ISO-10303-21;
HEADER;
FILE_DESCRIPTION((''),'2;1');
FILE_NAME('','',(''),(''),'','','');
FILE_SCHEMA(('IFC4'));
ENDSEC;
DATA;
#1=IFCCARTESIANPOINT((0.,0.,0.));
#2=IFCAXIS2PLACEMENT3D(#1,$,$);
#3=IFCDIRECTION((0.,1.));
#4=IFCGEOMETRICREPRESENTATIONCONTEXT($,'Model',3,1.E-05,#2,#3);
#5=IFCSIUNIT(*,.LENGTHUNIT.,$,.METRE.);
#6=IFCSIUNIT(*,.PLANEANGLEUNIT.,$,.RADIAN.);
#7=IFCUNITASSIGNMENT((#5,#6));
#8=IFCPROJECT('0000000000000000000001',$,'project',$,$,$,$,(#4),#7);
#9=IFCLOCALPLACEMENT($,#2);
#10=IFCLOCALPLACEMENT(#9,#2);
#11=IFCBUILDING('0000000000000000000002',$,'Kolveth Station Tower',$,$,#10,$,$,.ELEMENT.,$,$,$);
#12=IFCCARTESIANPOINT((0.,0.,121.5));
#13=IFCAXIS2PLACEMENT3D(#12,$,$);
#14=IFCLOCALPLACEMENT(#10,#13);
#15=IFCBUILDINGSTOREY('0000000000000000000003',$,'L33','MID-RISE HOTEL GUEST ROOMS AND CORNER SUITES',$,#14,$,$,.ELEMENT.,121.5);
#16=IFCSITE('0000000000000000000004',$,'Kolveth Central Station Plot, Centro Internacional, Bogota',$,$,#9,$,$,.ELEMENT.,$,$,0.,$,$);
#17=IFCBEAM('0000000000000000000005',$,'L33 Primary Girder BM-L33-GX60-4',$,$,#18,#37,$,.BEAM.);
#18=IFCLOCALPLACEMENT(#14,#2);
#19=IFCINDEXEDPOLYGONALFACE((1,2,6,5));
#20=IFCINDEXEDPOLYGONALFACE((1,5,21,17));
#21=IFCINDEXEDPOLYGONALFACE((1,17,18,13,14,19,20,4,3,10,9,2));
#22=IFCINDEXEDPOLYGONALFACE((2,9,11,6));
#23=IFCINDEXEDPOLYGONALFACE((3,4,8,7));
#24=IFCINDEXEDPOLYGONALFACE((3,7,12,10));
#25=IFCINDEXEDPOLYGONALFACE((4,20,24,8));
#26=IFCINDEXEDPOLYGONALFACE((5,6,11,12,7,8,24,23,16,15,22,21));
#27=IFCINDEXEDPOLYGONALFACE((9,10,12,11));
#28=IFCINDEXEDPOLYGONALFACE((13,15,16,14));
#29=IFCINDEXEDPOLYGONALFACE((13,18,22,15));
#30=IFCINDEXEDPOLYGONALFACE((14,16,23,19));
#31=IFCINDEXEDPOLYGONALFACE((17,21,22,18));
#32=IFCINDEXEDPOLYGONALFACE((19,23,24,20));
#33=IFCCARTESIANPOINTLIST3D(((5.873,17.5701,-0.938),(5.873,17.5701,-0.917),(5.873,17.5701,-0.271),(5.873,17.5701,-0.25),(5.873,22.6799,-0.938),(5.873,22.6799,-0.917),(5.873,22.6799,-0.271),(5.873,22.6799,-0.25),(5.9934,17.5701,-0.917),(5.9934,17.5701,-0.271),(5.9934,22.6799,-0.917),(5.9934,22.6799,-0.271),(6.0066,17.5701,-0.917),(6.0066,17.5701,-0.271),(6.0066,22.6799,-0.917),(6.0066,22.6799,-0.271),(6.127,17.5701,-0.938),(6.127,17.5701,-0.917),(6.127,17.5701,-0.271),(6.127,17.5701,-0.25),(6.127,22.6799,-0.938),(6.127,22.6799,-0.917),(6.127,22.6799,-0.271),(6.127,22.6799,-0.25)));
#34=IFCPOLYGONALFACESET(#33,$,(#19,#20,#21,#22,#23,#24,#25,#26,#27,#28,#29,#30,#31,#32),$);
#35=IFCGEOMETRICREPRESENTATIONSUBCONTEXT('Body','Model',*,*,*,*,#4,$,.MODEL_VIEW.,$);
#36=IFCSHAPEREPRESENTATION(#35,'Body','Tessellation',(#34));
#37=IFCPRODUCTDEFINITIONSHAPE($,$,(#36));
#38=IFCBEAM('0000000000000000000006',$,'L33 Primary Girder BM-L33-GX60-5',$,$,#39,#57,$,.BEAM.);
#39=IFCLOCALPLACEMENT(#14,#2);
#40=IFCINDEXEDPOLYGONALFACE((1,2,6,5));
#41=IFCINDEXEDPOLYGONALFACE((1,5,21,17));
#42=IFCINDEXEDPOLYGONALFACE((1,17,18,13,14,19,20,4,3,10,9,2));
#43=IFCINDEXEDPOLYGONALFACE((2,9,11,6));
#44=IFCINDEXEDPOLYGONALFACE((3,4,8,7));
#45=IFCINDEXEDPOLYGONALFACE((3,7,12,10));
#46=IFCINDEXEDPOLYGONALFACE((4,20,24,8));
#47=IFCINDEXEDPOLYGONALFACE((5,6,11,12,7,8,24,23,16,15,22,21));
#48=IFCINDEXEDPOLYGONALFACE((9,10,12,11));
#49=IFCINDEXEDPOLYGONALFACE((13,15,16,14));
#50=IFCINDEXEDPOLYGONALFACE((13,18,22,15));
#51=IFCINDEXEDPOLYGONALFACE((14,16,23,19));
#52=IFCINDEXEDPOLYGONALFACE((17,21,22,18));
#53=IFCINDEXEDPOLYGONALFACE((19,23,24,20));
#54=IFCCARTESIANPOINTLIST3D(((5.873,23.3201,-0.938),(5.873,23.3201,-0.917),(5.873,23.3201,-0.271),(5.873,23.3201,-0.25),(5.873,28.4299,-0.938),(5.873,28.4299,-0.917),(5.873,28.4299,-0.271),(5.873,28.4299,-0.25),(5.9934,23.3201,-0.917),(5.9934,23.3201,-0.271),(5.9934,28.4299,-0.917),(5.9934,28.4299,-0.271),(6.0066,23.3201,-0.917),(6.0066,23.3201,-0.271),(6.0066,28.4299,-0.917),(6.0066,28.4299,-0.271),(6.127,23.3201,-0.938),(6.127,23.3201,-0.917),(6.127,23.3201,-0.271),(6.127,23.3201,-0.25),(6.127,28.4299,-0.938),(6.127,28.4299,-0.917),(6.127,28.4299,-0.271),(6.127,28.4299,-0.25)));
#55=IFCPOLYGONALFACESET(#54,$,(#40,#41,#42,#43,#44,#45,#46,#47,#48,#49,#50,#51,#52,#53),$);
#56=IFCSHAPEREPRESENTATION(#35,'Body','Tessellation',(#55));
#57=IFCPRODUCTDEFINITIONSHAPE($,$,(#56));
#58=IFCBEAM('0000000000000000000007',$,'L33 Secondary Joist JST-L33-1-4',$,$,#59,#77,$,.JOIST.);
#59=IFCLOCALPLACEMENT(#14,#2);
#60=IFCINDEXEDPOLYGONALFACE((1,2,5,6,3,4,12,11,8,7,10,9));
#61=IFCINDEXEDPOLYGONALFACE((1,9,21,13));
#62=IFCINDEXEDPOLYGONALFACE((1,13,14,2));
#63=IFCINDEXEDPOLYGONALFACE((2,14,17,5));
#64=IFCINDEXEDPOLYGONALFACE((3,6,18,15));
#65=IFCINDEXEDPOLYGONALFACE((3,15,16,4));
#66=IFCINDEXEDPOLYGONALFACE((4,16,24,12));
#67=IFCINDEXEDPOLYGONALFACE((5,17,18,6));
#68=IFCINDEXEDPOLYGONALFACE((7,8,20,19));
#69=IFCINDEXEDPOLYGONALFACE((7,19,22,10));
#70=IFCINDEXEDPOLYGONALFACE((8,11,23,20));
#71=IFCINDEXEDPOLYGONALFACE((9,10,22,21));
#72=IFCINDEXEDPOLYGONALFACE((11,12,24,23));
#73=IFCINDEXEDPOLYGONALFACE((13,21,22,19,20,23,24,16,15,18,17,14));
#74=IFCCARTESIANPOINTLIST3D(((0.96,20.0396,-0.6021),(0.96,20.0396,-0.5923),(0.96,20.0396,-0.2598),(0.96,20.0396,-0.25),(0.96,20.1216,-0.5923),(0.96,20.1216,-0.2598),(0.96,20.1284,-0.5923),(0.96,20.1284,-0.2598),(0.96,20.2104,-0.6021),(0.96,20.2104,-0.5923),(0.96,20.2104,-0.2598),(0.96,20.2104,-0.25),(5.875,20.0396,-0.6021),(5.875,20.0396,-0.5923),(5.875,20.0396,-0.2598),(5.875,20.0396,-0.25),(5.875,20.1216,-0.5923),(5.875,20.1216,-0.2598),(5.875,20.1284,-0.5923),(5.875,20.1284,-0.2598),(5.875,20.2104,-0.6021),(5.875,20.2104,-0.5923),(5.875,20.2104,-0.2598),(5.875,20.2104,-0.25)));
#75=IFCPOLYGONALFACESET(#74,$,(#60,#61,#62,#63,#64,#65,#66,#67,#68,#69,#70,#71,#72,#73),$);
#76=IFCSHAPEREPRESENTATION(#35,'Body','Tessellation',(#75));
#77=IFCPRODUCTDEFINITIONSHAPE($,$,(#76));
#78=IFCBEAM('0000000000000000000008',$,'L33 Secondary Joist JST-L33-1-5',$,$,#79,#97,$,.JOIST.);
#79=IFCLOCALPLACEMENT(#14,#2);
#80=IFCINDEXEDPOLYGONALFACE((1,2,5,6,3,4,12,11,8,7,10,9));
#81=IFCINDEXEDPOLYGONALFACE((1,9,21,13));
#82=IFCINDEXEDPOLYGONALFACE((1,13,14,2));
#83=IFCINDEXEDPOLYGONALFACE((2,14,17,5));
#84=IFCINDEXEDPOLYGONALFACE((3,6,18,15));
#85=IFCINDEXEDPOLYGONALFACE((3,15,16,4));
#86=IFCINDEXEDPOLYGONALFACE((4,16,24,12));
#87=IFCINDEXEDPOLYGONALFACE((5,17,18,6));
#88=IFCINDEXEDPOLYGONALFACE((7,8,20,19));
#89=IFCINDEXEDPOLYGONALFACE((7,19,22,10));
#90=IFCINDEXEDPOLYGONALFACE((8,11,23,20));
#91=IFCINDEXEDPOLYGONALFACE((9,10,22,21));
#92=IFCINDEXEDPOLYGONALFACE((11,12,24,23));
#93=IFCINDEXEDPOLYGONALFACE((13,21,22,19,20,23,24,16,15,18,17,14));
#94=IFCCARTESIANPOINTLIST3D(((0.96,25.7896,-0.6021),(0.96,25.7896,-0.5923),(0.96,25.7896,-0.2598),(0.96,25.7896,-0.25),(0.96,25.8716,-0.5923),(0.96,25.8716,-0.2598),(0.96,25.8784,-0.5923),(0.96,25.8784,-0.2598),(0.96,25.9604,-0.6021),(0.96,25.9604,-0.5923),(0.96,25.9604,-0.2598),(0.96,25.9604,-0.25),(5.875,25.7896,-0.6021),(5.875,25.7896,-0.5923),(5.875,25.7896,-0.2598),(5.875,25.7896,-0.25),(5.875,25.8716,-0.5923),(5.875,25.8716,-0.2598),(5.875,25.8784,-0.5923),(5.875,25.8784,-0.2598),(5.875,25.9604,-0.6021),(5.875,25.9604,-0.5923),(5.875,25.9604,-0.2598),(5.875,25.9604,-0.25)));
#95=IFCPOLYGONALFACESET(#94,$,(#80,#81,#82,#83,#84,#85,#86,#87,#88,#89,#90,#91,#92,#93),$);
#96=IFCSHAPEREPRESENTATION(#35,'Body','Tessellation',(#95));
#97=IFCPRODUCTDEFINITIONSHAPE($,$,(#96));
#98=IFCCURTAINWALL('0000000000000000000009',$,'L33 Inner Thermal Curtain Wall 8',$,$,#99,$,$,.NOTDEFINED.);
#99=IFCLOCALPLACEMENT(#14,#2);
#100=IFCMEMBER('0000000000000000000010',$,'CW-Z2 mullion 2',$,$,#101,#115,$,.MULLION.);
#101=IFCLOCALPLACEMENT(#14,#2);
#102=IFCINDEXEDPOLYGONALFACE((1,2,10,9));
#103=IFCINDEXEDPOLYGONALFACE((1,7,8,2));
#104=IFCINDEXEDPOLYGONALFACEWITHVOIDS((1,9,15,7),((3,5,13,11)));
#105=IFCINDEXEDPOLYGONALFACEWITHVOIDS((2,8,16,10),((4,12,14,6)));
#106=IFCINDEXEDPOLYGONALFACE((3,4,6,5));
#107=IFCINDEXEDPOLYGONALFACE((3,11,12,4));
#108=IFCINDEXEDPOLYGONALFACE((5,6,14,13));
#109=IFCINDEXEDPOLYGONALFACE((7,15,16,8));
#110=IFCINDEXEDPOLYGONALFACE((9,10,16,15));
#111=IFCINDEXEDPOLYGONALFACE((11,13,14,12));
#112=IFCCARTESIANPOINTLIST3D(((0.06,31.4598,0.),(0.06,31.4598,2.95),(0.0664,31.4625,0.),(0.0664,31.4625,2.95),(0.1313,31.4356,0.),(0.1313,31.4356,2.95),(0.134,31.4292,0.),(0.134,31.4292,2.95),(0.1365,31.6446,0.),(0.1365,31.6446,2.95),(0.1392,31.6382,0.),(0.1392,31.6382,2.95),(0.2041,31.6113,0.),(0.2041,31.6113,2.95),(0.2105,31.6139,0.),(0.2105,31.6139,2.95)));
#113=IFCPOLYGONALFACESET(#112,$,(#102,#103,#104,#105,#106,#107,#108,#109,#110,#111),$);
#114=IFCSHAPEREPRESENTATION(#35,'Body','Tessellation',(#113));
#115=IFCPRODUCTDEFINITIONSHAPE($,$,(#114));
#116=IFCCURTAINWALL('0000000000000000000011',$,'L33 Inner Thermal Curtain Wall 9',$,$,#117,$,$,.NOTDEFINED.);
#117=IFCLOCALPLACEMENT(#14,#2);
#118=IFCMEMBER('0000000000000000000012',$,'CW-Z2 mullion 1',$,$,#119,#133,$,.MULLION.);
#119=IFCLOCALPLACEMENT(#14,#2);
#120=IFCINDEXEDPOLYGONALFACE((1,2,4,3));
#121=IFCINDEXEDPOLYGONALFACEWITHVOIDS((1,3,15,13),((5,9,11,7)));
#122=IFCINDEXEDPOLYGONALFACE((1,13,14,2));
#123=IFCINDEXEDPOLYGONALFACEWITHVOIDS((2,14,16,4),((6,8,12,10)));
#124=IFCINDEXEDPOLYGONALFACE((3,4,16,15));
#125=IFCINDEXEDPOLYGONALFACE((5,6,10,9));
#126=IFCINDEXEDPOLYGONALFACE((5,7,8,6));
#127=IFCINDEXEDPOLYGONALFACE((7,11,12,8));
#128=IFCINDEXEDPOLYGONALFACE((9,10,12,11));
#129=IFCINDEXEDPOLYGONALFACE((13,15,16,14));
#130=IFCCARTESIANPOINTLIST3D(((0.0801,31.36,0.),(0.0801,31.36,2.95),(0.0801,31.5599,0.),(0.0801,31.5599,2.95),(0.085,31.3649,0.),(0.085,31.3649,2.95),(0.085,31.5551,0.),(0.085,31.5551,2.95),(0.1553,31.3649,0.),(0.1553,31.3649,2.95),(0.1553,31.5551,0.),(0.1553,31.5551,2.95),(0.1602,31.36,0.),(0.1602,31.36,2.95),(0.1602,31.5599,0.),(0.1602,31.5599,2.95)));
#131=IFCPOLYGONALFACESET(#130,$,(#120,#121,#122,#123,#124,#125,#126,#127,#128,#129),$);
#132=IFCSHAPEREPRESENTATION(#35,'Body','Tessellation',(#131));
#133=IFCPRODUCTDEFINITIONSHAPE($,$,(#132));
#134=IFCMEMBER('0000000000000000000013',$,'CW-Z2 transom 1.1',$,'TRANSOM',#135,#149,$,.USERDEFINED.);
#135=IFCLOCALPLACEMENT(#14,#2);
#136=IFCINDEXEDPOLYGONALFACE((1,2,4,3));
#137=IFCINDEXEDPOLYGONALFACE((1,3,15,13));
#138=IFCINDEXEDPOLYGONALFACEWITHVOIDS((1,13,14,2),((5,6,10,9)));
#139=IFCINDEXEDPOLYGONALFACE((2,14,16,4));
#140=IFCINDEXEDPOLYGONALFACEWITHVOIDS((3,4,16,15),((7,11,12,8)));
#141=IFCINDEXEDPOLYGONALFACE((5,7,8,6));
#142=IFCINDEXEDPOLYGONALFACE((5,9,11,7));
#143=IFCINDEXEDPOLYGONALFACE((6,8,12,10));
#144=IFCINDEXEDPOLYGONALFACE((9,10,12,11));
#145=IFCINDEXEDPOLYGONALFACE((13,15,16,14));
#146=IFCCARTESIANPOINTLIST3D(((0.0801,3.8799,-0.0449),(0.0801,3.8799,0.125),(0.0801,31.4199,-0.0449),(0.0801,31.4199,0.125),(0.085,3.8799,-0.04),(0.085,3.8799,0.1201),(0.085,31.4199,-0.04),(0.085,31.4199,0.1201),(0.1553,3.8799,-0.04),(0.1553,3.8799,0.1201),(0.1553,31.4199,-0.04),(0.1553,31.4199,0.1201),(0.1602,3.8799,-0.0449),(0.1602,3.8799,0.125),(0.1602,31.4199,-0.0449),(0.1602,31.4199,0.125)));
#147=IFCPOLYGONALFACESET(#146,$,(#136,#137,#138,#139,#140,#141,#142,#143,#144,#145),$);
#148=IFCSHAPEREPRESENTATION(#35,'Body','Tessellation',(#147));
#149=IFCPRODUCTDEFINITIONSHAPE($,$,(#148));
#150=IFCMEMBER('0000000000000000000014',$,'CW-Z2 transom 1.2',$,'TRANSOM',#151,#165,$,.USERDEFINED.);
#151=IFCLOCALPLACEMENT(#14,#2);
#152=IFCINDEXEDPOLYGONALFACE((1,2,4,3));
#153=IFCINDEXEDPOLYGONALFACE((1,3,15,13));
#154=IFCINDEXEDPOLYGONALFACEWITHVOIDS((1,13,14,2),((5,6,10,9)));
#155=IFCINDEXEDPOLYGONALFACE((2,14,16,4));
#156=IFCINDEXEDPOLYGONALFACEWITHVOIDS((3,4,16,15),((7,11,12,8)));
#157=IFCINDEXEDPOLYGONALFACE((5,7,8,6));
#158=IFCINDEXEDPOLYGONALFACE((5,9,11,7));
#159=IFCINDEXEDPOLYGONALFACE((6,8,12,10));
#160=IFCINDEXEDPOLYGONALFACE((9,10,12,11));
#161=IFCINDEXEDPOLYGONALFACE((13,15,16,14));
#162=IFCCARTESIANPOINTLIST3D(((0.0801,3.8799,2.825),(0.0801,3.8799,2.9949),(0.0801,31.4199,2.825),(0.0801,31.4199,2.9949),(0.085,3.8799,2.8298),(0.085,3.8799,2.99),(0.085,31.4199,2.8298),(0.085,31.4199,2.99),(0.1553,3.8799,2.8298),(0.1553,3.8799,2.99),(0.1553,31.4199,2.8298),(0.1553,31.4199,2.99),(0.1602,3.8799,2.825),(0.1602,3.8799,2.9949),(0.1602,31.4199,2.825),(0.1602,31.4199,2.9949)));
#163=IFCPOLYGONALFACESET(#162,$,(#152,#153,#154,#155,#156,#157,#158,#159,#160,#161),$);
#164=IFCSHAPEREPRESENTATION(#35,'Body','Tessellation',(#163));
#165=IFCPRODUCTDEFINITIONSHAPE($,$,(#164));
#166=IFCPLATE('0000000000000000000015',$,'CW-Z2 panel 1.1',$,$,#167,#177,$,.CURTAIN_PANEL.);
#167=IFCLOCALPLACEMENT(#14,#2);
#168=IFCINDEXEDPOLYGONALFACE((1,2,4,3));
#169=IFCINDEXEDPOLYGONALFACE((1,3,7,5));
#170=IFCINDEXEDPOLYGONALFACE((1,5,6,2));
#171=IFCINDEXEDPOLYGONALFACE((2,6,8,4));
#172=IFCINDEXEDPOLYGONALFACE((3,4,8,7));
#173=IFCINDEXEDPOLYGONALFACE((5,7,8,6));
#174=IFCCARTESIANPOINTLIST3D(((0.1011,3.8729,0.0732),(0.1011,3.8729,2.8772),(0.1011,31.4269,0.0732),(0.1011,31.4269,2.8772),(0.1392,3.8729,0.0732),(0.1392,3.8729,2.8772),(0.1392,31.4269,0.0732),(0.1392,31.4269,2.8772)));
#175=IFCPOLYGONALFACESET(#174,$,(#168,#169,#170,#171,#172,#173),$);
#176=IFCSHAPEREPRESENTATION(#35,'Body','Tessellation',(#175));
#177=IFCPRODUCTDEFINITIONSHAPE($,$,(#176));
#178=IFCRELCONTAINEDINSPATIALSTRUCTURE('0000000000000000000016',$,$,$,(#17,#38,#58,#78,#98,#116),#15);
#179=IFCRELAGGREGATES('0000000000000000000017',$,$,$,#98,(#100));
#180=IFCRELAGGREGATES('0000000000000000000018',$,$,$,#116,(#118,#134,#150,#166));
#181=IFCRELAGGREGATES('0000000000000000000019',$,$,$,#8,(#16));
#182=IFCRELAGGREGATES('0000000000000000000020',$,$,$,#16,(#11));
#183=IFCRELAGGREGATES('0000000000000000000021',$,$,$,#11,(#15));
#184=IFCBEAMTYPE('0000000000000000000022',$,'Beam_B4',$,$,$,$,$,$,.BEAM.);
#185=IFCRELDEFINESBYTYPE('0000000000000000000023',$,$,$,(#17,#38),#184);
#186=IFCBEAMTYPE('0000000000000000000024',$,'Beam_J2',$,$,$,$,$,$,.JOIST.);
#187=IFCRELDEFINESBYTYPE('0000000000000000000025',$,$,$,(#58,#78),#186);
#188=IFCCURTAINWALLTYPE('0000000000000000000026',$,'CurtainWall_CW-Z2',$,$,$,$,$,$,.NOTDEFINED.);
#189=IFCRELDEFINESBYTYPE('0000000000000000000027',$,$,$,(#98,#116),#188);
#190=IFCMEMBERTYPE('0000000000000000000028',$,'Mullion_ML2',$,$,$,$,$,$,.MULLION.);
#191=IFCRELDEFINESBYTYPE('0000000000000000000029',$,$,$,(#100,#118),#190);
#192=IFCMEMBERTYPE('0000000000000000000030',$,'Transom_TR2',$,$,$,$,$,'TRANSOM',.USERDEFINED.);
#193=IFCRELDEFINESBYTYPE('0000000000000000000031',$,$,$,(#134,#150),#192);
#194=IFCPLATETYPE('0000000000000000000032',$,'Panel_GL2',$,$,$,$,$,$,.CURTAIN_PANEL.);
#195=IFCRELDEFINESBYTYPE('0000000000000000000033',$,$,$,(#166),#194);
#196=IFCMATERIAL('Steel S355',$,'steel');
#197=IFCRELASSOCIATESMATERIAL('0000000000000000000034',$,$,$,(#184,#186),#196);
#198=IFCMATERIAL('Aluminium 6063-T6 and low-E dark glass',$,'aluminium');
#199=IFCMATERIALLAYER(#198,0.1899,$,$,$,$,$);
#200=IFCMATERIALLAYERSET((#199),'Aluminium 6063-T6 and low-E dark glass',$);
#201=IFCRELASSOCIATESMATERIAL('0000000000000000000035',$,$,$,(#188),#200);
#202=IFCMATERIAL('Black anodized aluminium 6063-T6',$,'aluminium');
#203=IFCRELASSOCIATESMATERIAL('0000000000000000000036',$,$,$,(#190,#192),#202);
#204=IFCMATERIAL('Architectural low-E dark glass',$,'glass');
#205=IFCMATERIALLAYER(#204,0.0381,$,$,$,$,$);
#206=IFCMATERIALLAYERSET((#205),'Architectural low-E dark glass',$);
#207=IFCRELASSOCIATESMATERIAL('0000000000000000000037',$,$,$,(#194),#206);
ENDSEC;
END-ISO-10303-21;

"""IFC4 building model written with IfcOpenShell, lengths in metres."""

from ifc_helpers import new_model, si_unit, direction, frame, origin, origin_2d, place, context, subcontext, project, spatial, rectangle, hollow_rectangle, i_section, extrude, source, transform, mapped, material, layer, layer_set, material_profile, profile_set, type_object, element, aggregate, save


model = new_model("IFC4")

# Units and contexts
model_context = context("Model", 3, precision=1e-05, world=origin(), true_north=direction((0.0, 1.0)))
body_context = subcontext(model_context, "Body", "Model", "MODEL_VIEW")
ifc_project = project(units=[si_unit("LENGTHUNIT", "METRE"), si_unit("PLANEANGLEUNIT", "RADIAN")], contexts=[model_context])

# Site, building, storey
site_placement = place(None, origin())
site = spatial("IfcSite", under=ifc_project, at=site_placement, Name="Kolveth Central Station Plot, Centro Internacional, Bogota", CompositionType="ELEMENT", RefElevation=0.0)
building_placement = place(site_placement, origin())
building = spatial("IfcBuilding", under=site, at=building_placement, Name="Kolveth Station Tower", CompositionType="ELEMENT")
storey_placement = place(building_placement, frame((0.0, 0.0, 121.5)))
storey = spatial("IfcBuildingStorey", under=building, at=storey_placement, Name="L33", Description="MID-RISE HOTEL GUEST ROOMS AND CORNER SUITES", CompositionType="ELEMENT", Elevation=121.5)

# Beams
ifc_material_1 = material(Name="Steel S355", Category="steel")
ifc_material_profile_1 = material_profile(ifc_material_1, i_section(OverallWidth=0.2539, OverallDepth=0.688, WebThickness=0.0132, FlangeThickness=0.021, at=origin_2d()), Name="W690x152")
ifc_profile_set_1 = profile_set([ifc_material_profile_1], Name="Steel S355")
beam_type_1 = type_object("IfcBeamType", Name="Beam_B4", PredefinedType="BEAM", material=ifc_profile_set_1)
shared_shape_1 = source(origin(), body_context, "Body", "SweptSolid", [
    extrude(i_section(OverallWidth=0.2539, OverallDepth=0.688, WebThickness=0.0132, FlangeThickness=0.021, at=origin_2d()), origin(), (0.0, 0.0, 1.0), 5.1099),
])
for number, where, z_axis, x_axis, name in (
    (1, (6.0, 17.5701, -0.594), (0.0, 1.0, 0.0), (-1.0, 0.0, 0.0), "L33 Primary Girder BM-L33-GX60-4"),
    (2, (6.0, 23.3201, -0.594), (0.0, 1.0, 0.0), (-1.0, 0.0, 0.0), "L33 Primary Girder BM-L33-GX60-5"),
):
    element("IfcBeam", number, at=place(storey_placement, frame(where, z_axis=z_axis, x_axis=x_axis)), inside=storey, type_object=beam_type_1, Name=name, PredefinedType="BEAM", context=body_context, shape_type="MappedRepresentation", body=[
        mapped(shared_shape_1, transform((0.0, 0.0, 0.0), x_axis=(1.0, 0.0, 0.0), y_axis=(0.0, 1.0, 0.0), z_axis=(0.0, 0.0, 1.0), scale=1.0)),
    ])
ifc_material_profile_2 = material_profile(ifc_material_1, i_section(OverallWidth=0.1709, OverallDepth=0.3521, WebThickness=0.0068, FlangeThickness=0.0098, at=origin_2d()), Name="W360x44")
ifc_profile_set_2 = profile_set([ifc_material_profile_2], Name="Steel S355")
beam_type_2 = type_object("IfcBeamType", Name="Beam_J2", PredefinedType="JOIST", material=ifc_profile_set_2)
shared_shape_2 = source(origin(), body_context, "Body", "SweptSolid", [
    extrude(i_section(OverallWidth=0.1709, OverallDepth=0.3521, WebThickness=0.0068, FlangeThickness=0.0098, at=origin_2d()), origin(), (0.0, 0.0, 1.0), 4.915),
])
for number, where, z_axis, x_axis, name in (
    (3, (0.96, 20.125, -0.426), (1.0, 0.0, 0.0), (0.0, 1.0, 0.0), "L33 Secondary Joist JST-L33-1-4"),
    (4, (0.96, 25.875, -0.426), (1.0, 0.0, 0.0), (0.0, 1.0, 0.0), "L33 Secondary Joist JST-L33-1-5"),
):
    element("IfcBeam", number, at=place(storey_placement, frame(where, z_axis=z_axis, x_axis=x_axis)), inside=storey, type_object=beam_type_2, Name=name, PredefinedType="JOIST", context=body_context, shape_type="MappedRepresentation", body=[
        mapped(shared_shape_2, transform((0.0, 0.0, 0.0), x_axis=(1.0, 0.0, 0.0), y_axis=(0.0, 1.0, 0.0), z_axis=(0.0, 0.0, 1.0), scale=1.0)),
    ])

# Curtain wall, member
ifc_material_2 = material(Name="Aluminium 6063-T6 and low-E dark glass", Category="aluminium")
ifc_layer_1 = layer(ifc_material_2, 0.1899)
ifc_layer_set_1 = layer_set([ifc_layer_1], Name="Aluminium 6063-T6 and low-E dark glass")
curtain_wall_type_1 = type_object("IfcCurtainWallType", Name="CurtainWall_CW-Z2", PredefinedType="NOTDEFINED", material=ifc_layer_set_1)
curtain_wall_1_placement = place(storey_placement, origin())
curtain_wall_1 = element("IfcCurtainWall", 5, at=curtain_wall_1_placement, inside=storey, type_object=curtain_wall_type_1, Name="L33 Inner Thermal Curtain Wall 8", PredefinedType="NOTDEFINED")
ifc_material_3 = material(Name="Black anodized aluminium 6063-T6", Category="aluminium")
ifc_material_profile_3 = material_profile(ifc_material_3, hollow_rectangle(XDim=0.0801, YDim=0.2, WallThickness=0.0049, at=origin_2d()), Name="ALU-80x200x5")
ifc_profile_set_3 = profile_set([ifc_material_profile_3], Name="Black anodized aluminium 6063-T6")
member_type_1 = type_object("IfcMemberType", Name="Mullion_ML2", PredefinedType="MULLION", material=ifc_profile_set_3)
shared_shape_3 = source(origin(), body_context, "Body", "SweptSolid", [
    extrude(hollow_rectangle(XDim=0.0801, YDim=0.2, WallThickness=0.0049, at=origin_2d()), origin(), (0.0, 0.0, 1.0), 2.95),
])
member_1_placement = place(storey_placement, frame((0.1353, 31.5369, 0.0), z_axis=(0.0, 0.0, 1.0), x_axis=(0.923888, -0.382663, 0.0)))
member_1 = element("IfcMember", 6, at=member_1_placement, type_object=member_type_1, Name="CW-Z2 mullion 2", PredefinedType="MULLION", context=body_context, shape_type="MappedRepresentation", body=[
    mapped(shared_shape_3, transform((0.0, 0.0, 0.0), x_axis=(1.0, 0.0, 0.0), y_axis=(0.0, 1.0, 0.0), z_axis=(0.0, 0.0, 1.0), scale=1.0)),
])
aggregate(curtain_wall_1, [member_1])

# Curtain wall, members, plate
curtain_wall_2_placement = place(storey_placement, origin())
curtain_wall_2 = element("IfcCurtainWall", 7, at=curtain_wall_2_placement, inside=storey, type_object=curtain_wall_type_1, Name="L33 Inner Thermal Curtain Wall 9", PredefinedType="NOTDEFINED")
member_2_placement = place(storey_placement, frame((0.1201, 31.46, 0.0), z_axis=(0.0, 0.0, 1.0), x_axis=(1.0, 0.0, 0.0)))
member_2 = element("IfcMember", 8, at=member_2_placement, type_object=member_type_1, Name="CW-Z2 mullion 1", PredefinedType="MULLION", context=body_context, shape_type="MappedRepresentation", body=[
    mapped(shared_shape_3, transform((0.0, 0.0, 0.0), x_axis=(1.0, 0.0, 0.0), y_axis=(0.0, 1.0, 0.0), z_axis=(0.0, 0.0, 1.0), scale=1.0)),
])
ifc_material_profile_4 = material_profile(ifc_material_3, hollow_rectangle(XDim=0.0801, YDim=0.1699, WallThickness=0.0049, at=origin_2d()), Name="ALU-80x170x5")
ifc_profile_set_4 = profile_set([ifc_material_profile_4], Name="Black anodized aluminium 6063-T6")
member_type_2 = type_object("IfcMemberType", Name="Transom_TR2", ElementType="TRANSOM", PredefinedType="USERDEFINED", material=ifc_profile_set_4)
shared_shape_4 = source(origin(), body_context, "Body", "SweptSolid", [
    extrude(hollow_rectangle(XDim=0.0801, YDim=0.1699, WallThickness=0.0049, at=origin_2d()), origin(), (0.0, 0.0, 1.0), 27.54),
])
member_3_placement = place(storey_placement, frame((0.1201, 31.4199, 0.04), z_axis=(0.0, -1.0, 0.0), x_axis=(1.0, 0.0, 0.0)))
member_3 = element("IfcMember", 9, at=member_3_placement, type_object=member_type_2, Name="CW-Z2 transom 1.1", ObjectType="TRANSOM", PredefinedType="USERDEFINED", context=body_context, shape_type="MappedRepresentation", body=[
    mapped(shared_shape_4, transform((0.0, 0.0, 0.0), x_axis=(1.0, 0.0, 0.0), y_axis=(0.0, 1.0, 0.0), z_axis=(0.0, 0.0, 1.0), scale=1.0)),
])
member_4_placement = place(storey_placement, frame((0.1201, 31.4199, 2.9099), z_axis=(0.0, -1.0, 0.0), x_axis=(1.0, 0.0, 0.0)))
member_4 = element("IfcMember", 10, at=member_4_placement, type_object=member_type_2, Name="CW-Z2 transom 1.2", ObjectType="TRANSOM", PredefinedType="USERDEFINED", context=body_context, shape_type="MappedRepresentation", body=[
    mapped(shared_shape_4, transform((0.0, 0.0, 0.0), x_axis=(1.0, 0.0, 0.0), y_axis=(0.0, 1.0, 0.0), z_axis=(0.0, 0.0, 1.0), scale=1.0)),
])
ifc_material_4 = material(Name="Architectural low-E dark glass", Category="glass")
ifc_layer_2 = layer(ifc_material_4, 0.0381)
ifc_layer_set_2 = layer_set([ifc_layer_2], Name="Architectural low-E dark glass")
plate_type_1 = type_object("IfcPlateType", Name="Panel_GL2", PredefinedType="CURTAIN_PANEL", material=ifc_layer_set_2)
shared_shape_5 = source(origin(), body_context, "Body", "SweptSolid", [
    extrude(rectangle(XDim=27.554, YDim=0.0381, at=origin_2d()), origin(), (0.0, 0.0, 1.0), 2.804),
])
plate_1_placement = place(storey_placement, frame((0.1201, 17.6499, 0.0732), z_axis=(0.0, 0.0, 1.0), x_axis=(0.0, -1.0, 0.0)))
plate_1 = element("IfcPlate", 11, at=plate_1_placement, type_object=plate_type_1, Name="CW-Z2 panel 1.1", PredefinedType="CURTAIN_PANEL", context=body_context, shape_type="MappedRepresentation", body=[
    mapped(shared_shape_5, transform((0.0, 0.0, 0.0), x_axis=(1.0, 0.0, 0.0), y_axis=(0.0, 1.0, 0.0), z_axis=(0.0, 0.0, 1.0), scale=1.0)),
])
aggregate(curtain_wall_2, [member_2, member_3, member_4, plate_1])

save(model, "model.ifc")
